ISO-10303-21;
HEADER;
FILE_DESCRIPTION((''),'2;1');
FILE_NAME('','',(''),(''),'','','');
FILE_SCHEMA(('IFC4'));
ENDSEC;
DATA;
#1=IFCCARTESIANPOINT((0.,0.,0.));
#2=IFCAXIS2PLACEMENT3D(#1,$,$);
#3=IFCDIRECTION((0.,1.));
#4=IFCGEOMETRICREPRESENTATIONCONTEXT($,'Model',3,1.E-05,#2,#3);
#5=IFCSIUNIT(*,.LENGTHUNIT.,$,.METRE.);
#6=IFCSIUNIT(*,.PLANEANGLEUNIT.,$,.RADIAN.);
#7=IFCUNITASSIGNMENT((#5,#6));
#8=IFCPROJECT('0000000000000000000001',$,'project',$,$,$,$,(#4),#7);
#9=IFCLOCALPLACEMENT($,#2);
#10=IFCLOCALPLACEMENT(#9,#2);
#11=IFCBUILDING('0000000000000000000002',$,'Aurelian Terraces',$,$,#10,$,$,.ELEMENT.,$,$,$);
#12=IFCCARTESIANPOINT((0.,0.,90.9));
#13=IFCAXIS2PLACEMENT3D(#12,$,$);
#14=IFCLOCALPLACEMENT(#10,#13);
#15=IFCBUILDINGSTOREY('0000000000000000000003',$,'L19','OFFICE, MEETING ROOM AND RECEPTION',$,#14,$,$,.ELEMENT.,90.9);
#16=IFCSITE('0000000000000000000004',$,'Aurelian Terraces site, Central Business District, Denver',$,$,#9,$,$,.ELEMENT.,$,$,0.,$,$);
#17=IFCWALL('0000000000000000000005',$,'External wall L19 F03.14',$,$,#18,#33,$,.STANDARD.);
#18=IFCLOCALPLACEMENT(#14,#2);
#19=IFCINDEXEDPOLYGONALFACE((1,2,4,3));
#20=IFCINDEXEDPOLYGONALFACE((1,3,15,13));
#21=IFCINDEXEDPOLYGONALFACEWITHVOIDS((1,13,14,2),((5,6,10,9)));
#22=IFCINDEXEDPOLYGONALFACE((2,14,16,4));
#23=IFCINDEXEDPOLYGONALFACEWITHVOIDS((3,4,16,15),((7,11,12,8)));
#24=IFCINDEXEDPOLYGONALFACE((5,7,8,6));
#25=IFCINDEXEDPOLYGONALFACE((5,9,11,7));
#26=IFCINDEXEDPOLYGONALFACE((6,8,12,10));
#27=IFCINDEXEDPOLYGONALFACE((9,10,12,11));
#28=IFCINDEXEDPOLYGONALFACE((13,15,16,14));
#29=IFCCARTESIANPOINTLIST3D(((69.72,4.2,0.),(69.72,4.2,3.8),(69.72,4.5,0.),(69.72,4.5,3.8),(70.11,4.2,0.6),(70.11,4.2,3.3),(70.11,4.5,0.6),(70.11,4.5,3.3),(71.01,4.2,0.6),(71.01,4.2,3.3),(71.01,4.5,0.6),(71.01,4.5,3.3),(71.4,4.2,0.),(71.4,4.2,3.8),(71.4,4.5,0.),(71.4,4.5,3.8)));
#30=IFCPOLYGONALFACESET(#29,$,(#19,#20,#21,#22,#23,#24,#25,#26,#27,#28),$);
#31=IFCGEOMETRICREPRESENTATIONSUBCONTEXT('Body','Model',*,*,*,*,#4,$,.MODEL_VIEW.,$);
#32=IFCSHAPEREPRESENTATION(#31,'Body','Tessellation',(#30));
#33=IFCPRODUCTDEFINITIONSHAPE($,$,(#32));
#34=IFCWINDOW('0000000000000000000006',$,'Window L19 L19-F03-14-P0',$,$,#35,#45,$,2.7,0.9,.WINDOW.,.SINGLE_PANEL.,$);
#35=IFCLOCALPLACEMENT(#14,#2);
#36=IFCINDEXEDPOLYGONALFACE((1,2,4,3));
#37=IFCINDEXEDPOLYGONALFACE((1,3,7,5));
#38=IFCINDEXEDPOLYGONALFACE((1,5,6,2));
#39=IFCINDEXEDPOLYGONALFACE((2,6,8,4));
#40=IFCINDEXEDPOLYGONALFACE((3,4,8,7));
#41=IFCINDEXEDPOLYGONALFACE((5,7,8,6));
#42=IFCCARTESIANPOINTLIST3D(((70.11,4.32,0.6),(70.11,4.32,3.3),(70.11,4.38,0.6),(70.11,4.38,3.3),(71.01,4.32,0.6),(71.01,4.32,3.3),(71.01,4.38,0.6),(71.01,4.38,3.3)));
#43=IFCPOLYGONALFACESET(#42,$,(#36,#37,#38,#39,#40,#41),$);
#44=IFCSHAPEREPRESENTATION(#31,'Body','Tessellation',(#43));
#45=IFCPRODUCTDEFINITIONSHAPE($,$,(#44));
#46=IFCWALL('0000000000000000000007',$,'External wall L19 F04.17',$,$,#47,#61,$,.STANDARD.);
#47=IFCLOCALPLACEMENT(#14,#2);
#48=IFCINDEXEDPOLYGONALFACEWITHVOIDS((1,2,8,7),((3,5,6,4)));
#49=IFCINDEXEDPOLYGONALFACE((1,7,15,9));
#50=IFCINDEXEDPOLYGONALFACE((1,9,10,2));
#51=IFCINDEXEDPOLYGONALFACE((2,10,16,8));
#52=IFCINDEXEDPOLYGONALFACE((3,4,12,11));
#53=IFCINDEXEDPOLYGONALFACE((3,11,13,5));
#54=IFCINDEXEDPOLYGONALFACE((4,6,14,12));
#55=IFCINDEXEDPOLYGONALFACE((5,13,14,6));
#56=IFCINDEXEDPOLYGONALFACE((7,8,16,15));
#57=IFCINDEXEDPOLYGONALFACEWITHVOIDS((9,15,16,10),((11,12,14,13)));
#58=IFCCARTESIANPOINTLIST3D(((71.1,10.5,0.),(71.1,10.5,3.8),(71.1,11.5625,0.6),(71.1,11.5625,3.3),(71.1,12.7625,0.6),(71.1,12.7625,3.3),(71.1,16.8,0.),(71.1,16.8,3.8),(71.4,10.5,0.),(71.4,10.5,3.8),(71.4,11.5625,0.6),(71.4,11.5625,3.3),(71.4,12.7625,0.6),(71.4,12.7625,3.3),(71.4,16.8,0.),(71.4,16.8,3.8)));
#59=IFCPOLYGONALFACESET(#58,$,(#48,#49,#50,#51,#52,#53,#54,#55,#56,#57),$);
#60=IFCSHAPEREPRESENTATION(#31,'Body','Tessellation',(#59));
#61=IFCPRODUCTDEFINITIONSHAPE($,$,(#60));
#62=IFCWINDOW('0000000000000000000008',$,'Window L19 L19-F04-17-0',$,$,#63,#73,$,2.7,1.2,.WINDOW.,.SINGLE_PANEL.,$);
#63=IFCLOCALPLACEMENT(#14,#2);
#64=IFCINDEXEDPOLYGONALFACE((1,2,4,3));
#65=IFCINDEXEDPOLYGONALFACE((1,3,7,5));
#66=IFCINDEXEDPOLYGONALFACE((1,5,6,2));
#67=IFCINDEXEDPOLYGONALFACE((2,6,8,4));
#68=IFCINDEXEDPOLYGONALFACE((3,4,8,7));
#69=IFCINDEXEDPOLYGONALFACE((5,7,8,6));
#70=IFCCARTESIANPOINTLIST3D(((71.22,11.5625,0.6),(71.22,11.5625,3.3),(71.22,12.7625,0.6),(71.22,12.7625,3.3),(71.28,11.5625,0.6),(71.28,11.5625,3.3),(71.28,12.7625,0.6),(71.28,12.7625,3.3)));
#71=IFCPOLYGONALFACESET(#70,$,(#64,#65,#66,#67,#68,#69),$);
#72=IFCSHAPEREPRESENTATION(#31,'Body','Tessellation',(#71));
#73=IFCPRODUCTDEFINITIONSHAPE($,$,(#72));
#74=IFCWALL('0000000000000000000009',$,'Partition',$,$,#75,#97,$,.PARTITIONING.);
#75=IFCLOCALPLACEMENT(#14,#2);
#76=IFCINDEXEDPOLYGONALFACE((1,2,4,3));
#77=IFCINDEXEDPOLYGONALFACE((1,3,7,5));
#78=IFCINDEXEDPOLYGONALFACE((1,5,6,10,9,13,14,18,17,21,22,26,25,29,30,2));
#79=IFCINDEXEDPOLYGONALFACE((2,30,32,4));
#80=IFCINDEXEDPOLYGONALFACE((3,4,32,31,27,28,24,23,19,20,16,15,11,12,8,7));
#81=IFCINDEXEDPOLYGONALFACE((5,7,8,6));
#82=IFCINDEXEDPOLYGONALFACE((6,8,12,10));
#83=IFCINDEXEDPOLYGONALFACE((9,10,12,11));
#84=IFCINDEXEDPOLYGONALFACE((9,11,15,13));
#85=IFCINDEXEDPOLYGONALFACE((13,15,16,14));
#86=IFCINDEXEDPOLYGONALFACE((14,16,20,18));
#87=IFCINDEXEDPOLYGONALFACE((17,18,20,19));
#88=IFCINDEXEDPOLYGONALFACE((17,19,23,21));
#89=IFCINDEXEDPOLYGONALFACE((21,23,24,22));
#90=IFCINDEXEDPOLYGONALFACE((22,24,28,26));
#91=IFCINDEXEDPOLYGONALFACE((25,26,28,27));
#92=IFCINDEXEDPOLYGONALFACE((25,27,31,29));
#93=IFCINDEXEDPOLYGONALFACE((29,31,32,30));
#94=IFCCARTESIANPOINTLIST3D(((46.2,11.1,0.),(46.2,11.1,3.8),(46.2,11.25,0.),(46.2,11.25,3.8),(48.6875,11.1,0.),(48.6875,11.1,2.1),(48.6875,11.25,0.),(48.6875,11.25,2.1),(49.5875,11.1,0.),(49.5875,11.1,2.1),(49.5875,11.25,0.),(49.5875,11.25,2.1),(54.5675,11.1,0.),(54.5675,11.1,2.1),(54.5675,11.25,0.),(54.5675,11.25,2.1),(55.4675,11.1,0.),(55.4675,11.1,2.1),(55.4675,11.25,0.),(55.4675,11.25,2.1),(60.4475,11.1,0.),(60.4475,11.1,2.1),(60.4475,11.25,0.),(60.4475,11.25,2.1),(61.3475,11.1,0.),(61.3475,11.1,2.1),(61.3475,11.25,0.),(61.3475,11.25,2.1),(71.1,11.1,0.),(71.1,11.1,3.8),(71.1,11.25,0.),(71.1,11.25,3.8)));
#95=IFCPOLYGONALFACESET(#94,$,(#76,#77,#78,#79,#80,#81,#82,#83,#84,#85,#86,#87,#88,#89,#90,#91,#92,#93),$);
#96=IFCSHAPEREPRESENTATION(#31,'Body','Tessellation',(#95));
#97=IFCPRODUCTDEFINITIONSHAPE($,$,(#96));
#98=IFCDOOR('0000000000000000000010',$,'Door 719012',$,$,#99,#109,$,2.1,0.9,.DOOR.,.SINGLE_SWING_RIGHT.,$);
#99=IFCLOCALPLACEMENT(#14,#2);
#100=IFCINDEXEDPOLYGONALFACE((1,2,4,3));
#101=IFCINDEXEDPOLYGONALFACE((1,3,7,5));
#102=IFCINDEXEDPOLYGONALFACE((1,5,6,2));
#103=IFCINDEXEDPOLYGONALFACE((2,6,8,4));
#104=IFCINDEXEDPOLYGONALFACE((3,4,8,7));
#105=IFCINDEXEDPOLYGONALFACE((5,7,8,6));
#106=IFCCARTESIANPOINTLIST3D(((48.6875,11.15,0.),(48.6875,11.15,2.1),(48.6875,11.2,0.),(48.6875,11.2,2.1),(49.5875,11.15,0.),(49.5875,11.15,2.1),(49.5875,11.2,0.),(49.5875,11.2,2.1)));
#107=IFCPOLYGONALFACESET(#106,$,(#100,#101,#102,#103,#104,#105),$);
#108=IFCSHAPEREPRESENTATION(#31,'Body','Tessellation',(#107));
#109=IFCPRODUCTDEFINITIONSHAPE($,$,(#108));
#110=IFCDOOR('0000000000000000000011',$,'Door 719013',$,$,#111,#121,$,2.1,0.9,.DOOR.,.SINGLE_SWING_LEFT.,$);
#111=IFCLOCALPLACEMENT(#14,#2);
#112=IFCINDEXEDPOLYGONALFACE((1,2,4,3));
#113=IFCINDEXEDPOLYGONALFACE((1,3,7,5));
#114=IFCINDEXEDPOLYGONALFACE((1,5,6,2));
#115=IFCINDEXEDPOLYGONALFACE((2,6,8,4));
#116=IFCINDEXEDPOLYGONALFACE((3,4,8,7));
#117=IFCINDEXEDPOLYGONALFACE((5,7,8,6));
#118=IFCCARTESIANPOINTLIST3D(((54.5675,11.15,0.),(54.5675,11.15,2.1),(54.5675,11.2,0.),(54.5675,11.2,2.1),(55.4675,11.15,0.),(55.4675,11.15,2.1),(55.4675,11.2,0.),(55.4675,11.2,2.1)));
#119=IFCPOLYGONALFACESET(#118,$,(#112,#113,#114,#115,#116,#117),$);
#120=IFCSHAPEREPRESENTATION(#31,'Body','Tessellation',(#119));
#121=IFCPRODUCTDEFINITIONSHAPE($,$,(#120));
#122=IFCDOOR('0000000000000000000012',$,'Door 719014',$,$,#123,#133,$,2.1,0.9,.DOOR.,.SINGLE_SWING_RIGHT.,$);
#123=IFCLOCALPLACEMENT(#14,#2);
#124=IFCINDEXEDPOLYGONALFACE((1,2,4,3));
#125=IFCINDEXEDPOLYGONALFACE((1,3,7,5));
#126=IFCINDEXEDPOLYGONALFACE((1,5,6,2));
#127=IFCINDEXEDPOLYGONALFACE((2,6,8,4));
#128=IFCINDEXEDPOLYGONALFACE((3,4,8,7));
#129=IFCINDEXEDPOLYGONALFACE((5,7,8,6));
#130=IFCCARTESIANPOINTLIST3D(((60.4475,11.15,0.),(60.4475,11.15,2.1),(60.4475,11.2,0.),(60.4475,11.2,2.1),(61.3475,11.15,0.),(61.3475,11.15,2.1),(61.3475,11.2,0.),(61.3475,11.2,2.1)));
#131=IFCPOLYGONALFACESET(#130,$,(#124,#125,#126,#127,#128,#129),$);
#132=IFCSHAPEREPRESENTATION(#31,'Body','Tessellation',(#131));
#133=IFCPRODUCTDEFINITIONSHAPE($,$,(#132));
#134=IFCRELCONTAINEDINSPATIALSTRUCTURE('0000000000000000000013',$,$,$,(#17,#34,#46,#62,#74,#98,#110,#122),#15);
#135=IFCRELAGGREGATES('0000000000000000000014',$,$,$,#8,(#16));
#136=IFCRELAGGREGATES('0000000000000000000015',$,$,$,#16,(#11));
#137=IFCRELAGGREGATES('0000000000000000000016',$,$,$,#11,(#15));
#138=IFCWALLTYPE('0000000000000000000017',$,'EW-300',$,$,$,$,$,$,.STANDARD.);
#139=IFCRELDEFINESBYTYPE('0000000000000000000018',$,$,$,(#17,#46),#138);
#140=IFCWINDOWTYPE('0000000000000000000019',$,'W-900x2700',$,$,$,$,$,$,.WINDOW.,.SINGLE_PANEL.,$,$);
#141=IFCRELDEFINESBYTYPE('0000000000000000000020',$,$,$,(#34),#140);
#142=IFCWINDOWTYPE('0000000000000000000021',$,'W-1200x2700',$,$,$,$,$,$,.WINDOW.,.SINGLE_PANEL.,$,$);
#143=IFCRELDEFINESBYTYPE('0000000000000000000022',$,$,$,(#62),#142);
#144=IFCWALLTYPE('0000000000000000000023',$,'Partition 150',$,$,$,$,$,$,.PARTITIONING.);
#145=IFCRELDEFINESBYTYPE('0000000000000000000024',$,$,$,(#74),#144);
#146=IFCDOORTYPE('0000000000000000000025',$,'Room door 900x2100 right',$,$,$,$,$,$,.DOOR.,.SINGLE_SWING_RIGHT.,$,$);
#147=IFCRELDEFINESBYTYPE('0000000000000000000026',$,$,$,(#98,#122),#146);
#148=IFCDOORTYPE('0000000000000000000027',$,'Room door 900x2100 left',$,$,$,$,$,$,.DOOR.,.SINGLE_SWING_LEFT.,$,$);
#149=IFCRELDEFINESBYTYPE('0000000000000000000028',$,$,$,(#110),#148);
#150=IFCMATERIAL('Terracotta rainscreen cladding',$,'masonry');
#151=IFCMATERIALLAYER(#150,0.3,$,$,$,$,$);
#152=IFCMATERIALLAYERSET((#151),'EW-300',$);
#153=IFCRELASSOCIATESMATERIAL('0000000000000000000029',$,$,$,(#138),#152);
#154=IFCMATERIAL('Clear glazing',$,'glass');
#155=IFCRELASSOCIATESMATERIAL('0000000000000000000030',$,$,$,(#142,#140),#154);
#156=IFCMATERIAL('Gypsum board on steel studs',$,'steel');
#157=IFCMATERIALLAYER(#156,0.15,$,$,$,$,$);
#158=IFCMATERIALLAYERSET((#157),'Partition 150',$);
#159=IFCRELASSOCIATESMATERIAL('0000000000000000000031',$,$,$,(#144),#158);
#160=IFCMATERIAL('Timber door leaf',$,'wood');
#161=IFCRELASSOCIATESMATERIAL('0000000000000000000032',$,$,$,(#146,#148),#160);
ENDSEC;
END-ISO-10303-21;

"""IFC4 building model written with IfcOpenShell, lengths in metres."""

from ifc_helpers import new_model, si_unit, direction, frame, frame_2d, origin, place, context, subcontext, project, spatial, rectangle, extrude, source, transform, mapped, material, layer, layer_set, type_object, element, fill, save


model = new_model("IFC4")

# Units and contexts
model_context = context("Model", 3, precision=1e-05, world=origin(), true_north=direction((0.0, 1.0)))
body_context = subcontext(model_context, "Body", "Model", "MODEL_VIEW")
ifc_project = project(units=[si_unit("LENGTHUNIT", "METRE"), si_unit("PLANEANGLEUNIT", "RADIAN")], contexts=[model_context])

# Site, building, storey
site_placement = place(None, origin())
site = spatial("IfcSite", under=ifc_project, at=site_placement, Name="Aurelian Terraces site, Central Business District, Denver", CompositionType="ELEMENT", RefElevation=0.0)
building_placement = place(site_placement, origin())
building = spatial("IfcBuilding", under=site, at=building_placement, Name="Aurelian Terraces", CompositionType="ELEMENT")
storey_placement = place(building_placement, frame((0.0, 0.0, 90.9)))
storey = spatial("IfcBuildingStorey", under=building, at=storey_placement, Name="L19", Description="OFFICE, MEETING ROOM AND RECEPTION", CompositionType="ELEMENT", Elevation=90.9)

# Shared definitions
ifc_material_1 = material(Name="Terracotta rainscreen cladding", Category="masonry")
ifc_layer_1 = layer(ifc_material_1, 0.3)
ifc_layer_set_1 = layer_set([ifc_layer_1], Name="EW-300")
wall_type_1 = type_object("IfcWallType", Name="EW-300", PredefinedType="STANDARD", material=ifc_layer_set_1)
ifc_material_2 = material(Name="Clear glazing", Category="glass")

# Walls, openings, windows
shared_shape_1 = source(origin(), body_context, "Body", "SweptSolid", [
    extrude(rectangle(XDim=1.2, YDim=2.7, at=frame_2d((0.6, 1.35))), frame((0.0, 0.16, 0.0), z_axis=(0.0, -1.0, 0.0), x_axis=(1.0, 0.0, 0.0)), (0.0, 0.0, 1.0), 0.32),
])
window_type_1 = type_object("IfcWindowType", Name="W-1200x2700", PartitioningType="SINGLE_PANEL", PredefinedType="WINDOW", material=ifc_material_2)
shared_shape_2 = source(origin(), body_context, "Body", "SweptSolid", [
    extrude(rectangle(XDim=1.2, YDim=2.7, at=frame_2d((0.6, 1.35))), frame((0.0, 0.03, 0.0), z_axis=(0.0, -1.0, 0.0), x_axis=(1.0, 0.0, 0.0)), (0.0, 0.0, 1.0), 0.06),
])
shared_shape_3 = source(origin(), body_context, "Body", "SweptSolid", [
    extrude(rectangle(XDim=1.68, YDim=0.3, at=frame_2d((0.84, 0.0))), origin(), (0.0, 0.0, 1.0), 3.8),
])
wall_1_placement = place(storey_placement, frame((69.72, 4.35, 0.0), z_axis=(0.0, 0.0, 1.0), x_axis=(1.0, 0.0, 0.0)))
wall_1 = element("IfcWall", 1, at=wall_1_placement, inside=storey, type_object=wall_type_1, Name="External wall L19 F03.14", PredefinedType="STANDARD", context=body_context, shape_type="MappedRepresentation", body=[
    mapped(shared_shape_3, transform((0.0, 0.0, 0.0), scale=1.0)),
])
shared_shape_4 = source(origin(), body_context, "Body", "SweptSolid", [
    extrude(rectangle(XDim=0.9, YDim=2.7, at=frame_2d((0.45, 1.35))), frame((0.0, 0.16, 0.0), z_axis=(0.0, -1.0, 0.0), x_axis=(1.0, 0.0, 0.0)), (0.0, 0.0, 1.0), 0.32),
])
opening_1_placement = place(wall_1_placement, frame((0.39, 0.0, 0.6)))
opening_1 = element("IfcOpeningElement", 2, at=opening_1_placement, cuts=wall_1, PredefinedType="OPENING", context=body_context, shape_type="MappedRepresentation", body=[
    mapped(shared_shape_4, transform((0.0, 0.0, 0.0), scale=1.0)),
])
window_type_2 = type_object("IfcWindowType", Name="W-900x2700", PartitioningType="SINGLE_PANEL", PredefinedType="WINDOW", material=ifc_material_2)
shared_shape_5 = source(origin(), body_context, "Body", "SweptSolid", [
    extrude(rectangle(XDim=0.9, YDim=2.7, at=frame_2d((0.45, 1.35))), frame((0.0, 0.03, 0.0), z_axis=(0.0, -1.0, 0.0), x_axis=(1.0, 0.0, 0.0)), (0.0, 0.0, 1.0), 0.06),
])
window_1_placement = place(opening_1_placement, origin())
window_1 = element("IfcWindow", 3, at=window_1_placement, inside=storey, type_object=window_type_2, Name="Window L19 L19-F03-14-P0", OverallHeight=2.7, OverallWidth=0.9, PartitioningType="SINGLE_PANEL", PredefinedType="WINDOW", context=body_context, shape_type="MappedRepresentation", body=[
    mapped(shared_shape_5, transform((0.0, 0.0, 0.0), scale=1.0)),
])
fill(opening_1, window_1)
shared_shape_6 = source(origin(), body_context, "Body", "SweptSolid", [
    extrude(rectangle(XDim=6.3, YDim=0.3, at=frame_2d((3.15, 0.0))), origin(), (0.0, 0.0, 1.0), 3.8),
])
wall_2_placement = place(storey_placement, frame((71.25, 10.5, 0.0), z_axis=(0.0, 0.0, 1.0), x_axis=(0.0, 1.0, 0.0)))
wall_2 = element("IfcWall", 4, at=wall_2_placement, inside=storey, type_object=wall_type_1, Name="External wall L19 F04.17", PredefinedType="STANDARD", context=body_context, shape_type="MappedRepresentation", body=[
    mapped(shared_shape_6, transform((0.0, 0.0, 0.0), scale=1.0)),
])
opening_2_placement = place(wall_2_placement, frame((1.0625, 0.0, 0.6)))
opening_2 = element("IfcOpeningElement", 5, at=opening_2_placement, cuts=wall_2, PredefinedType="OPENING", context=body_context, shape_type="MappedRepresentation", body=[
    mapped(shared_shape_1, transform((0.0, 0.0, 0.0), scale=1.0)),
])
window_2_placement = place(opening_2_placement, origin())
window_2 = element("IfcWindow", 6, at=window_2_placement, inside=storey, type_object=window_type_1, Name="Window L19 L19-F04-17-0", OverallHeight=2.7, OverallWidth=1.2, PartitioningType="SINGLE_PANEL", PredefinedType="WINDOW", context=body_context, shape_type="MappedRepresentation", body=[
    mapped(shared_shape_2, transform((0.0, 0.0, 0.0), scale=1.0)),
])
fill(opening_2, window_2)

# Wall, openings, doors
ifc_material_3 = material(Name="Gypsum board on steel studs", Category="steel")
ifc_layer_2 = layer(ifc_material_3, 0.15)
ifc_layer_set_2 = layer_set([ifc_layer_2], Name="Partition 150")
wall_type_2 = type_object("IfcWallType", Name="Partition 150", PredefinedType="PARTITIONING", material=ifc_layer_set_2)
shared_shape_7 = source(origin(), body_context, "Body", "SweptSolid", [
    extrude(rectangle(XDim=24.9, YDim=0.15, at=frame_2d((12.45, 0.0))), origin(), (0.0, 0.0, 1.0), 3.8),
])
wall_3_placement = place(storey_placement, frame((71.1, 11.175, 0.0), z_axis=(0.0, 0.0, 1.0), x_axis=(-1.0, 0.0, 0.0)))
wall_3 = element("IfcWall", 7, at=wall_3_placement, inside=storey, type_object=wall_type_2, Name="Partition", PredefinedType="PARTITIONING", context=body_context, shape_type="MappedRepresentation", body=[
    mapped(shared_shape_7, transform((0.0, 0.0, 0.0), scale=1.0)),
])
shared_shape_8 = source(origin(), body_context, "Body", "SweptSolid", [
    extrude(rectangle(XDim=0.9, YDim=2.1, at=frame_2d((0.45, 1.05))), frame((0.0, 0.085, 0.0), z_axis=(0.0, -1.0, 0.0), x_axis=(1.0, 0.0, 0.0)), (0.0, 0.0, 1.0), 0.17),
])
opening_3_placement = place(wall_3_placement, frame((21.5125, 0.0, 0.0)))
opening_3 = element("IfcOpeningElement", 8, at=opening_3_placement, cuts=wall_3, PredefinedType="OPENING", context=body_context, shape_type="MappedRepresentation", body=[
    mapped(shared_shape_8, transform((0.0, 0.0, 0.0), scale=1.0)),
])
opening_4_placement = place(wall_3_placement, frame((15.6325, 0.0, 0.0)))
opening_4 = element("IfcOpeningElement", 9, at=opening_4_placement, cuts=wall_3, PredefinedType="OPENING", context=body_context, shape_type="MappedRepresentation", body=[
    mapped(shared_shape_8, transform((0.0, 0.0, 0.0), scale=1.0)),
])
opening_5_placement = place(wall_3_placement, frame((9.7525, 0.0, 0.0)))
opening_5 = element("IfcOpeningElement", 10, at=opening_5_placement, cuts=wall_3, PredefinedType="OPENING", context=body_context, shape_type="MappedRepresentation", body=[
    mapped(shared_shape_8, transform((0.0, 0.0, 0.0), scale=1.0)),
])
ifc_material_4 = material(Name="Timber door leaf", Category="wood")
door_type_1 = type_object("IfcDoorType", Name="Room door 900x2100 right", OperationType="SINGLE_SWING_RIGHT", PredefinedType="DOOR", material=ifc_material_4)
shared_shape_9 = source(origin(), body_context, "Body", "SweptSolid", [
    extrude(rectangle(XDim=0.9, YDim=2.1, at=frame_2d((0.45, 1.05))), frame((0.0, 0.025, 0.0), z_axis=(0.0, -1.0, 0.0), x_axis=(1.0, 0.0, 0.0)), (0.0, 0.0, 1.0), 0.05),
])
door_1_placement = place(opening_3_placement, origin())
door_1 = element("IfcDoor", 11, at=door_1_placement, inside=storey, type_object=door_type_1, Name="Door 719012", OperationType="SINGLE_SWING_RIGHT", OverallHeight=2.1, OverallWidth=0.9, PredefinedType="DOOR", context=body_context, shape_type="MappedRepresentation", body=[
    mapped(shared_shape_9, transform((0.0, 0.0, 0.0), scale=1.0)),
])
fill(opening_3, door_1)
door_type_2 = type_object("IfcDoorType", Name="Room door 900x2100 left", OperationType="SINGLE_SWING_LEFT", PredefinedType="DOOR", material=ifc_material_4)
door_2_placement = place(opening_4_placement, origin())
door_2 = element("IfcDoor", 12, at=door_2_placement, inside=storey, type_object=door_type_2, Name="Door 719013", OperationType="SINGLE_SWING_LEFT", OverallHeight=2.1, OverallWidth=0.9, PredefinedType="DOOR", context=body_context, shape_type="MappedRepresentation", body=[
    mapped(shared_shape_9, transform((0.0, 0.0, 0.0), scale=1.0)),
])
fill(opening_4, door_2)
door_3_placement = place(opening_5_placement, origin())
door_3 = element("IfcDoor", 13, at=door_3_placement, inside=storey, type_object=door_type_1, Name="Door 719014", OperationType="SINGLE_SWING_RIGHT", OverallHeight=2.1, OverallWidth=0.9, PredefinedType="DOOR", context=body_context, shape_type="MappedRepresentation", body=[
    mapped(shared_shape_9, transform((0.0, 0.0, 0.0), scale=1.0)),
])
fill(opening_5, door_3)

save(model, "model.ifc")
